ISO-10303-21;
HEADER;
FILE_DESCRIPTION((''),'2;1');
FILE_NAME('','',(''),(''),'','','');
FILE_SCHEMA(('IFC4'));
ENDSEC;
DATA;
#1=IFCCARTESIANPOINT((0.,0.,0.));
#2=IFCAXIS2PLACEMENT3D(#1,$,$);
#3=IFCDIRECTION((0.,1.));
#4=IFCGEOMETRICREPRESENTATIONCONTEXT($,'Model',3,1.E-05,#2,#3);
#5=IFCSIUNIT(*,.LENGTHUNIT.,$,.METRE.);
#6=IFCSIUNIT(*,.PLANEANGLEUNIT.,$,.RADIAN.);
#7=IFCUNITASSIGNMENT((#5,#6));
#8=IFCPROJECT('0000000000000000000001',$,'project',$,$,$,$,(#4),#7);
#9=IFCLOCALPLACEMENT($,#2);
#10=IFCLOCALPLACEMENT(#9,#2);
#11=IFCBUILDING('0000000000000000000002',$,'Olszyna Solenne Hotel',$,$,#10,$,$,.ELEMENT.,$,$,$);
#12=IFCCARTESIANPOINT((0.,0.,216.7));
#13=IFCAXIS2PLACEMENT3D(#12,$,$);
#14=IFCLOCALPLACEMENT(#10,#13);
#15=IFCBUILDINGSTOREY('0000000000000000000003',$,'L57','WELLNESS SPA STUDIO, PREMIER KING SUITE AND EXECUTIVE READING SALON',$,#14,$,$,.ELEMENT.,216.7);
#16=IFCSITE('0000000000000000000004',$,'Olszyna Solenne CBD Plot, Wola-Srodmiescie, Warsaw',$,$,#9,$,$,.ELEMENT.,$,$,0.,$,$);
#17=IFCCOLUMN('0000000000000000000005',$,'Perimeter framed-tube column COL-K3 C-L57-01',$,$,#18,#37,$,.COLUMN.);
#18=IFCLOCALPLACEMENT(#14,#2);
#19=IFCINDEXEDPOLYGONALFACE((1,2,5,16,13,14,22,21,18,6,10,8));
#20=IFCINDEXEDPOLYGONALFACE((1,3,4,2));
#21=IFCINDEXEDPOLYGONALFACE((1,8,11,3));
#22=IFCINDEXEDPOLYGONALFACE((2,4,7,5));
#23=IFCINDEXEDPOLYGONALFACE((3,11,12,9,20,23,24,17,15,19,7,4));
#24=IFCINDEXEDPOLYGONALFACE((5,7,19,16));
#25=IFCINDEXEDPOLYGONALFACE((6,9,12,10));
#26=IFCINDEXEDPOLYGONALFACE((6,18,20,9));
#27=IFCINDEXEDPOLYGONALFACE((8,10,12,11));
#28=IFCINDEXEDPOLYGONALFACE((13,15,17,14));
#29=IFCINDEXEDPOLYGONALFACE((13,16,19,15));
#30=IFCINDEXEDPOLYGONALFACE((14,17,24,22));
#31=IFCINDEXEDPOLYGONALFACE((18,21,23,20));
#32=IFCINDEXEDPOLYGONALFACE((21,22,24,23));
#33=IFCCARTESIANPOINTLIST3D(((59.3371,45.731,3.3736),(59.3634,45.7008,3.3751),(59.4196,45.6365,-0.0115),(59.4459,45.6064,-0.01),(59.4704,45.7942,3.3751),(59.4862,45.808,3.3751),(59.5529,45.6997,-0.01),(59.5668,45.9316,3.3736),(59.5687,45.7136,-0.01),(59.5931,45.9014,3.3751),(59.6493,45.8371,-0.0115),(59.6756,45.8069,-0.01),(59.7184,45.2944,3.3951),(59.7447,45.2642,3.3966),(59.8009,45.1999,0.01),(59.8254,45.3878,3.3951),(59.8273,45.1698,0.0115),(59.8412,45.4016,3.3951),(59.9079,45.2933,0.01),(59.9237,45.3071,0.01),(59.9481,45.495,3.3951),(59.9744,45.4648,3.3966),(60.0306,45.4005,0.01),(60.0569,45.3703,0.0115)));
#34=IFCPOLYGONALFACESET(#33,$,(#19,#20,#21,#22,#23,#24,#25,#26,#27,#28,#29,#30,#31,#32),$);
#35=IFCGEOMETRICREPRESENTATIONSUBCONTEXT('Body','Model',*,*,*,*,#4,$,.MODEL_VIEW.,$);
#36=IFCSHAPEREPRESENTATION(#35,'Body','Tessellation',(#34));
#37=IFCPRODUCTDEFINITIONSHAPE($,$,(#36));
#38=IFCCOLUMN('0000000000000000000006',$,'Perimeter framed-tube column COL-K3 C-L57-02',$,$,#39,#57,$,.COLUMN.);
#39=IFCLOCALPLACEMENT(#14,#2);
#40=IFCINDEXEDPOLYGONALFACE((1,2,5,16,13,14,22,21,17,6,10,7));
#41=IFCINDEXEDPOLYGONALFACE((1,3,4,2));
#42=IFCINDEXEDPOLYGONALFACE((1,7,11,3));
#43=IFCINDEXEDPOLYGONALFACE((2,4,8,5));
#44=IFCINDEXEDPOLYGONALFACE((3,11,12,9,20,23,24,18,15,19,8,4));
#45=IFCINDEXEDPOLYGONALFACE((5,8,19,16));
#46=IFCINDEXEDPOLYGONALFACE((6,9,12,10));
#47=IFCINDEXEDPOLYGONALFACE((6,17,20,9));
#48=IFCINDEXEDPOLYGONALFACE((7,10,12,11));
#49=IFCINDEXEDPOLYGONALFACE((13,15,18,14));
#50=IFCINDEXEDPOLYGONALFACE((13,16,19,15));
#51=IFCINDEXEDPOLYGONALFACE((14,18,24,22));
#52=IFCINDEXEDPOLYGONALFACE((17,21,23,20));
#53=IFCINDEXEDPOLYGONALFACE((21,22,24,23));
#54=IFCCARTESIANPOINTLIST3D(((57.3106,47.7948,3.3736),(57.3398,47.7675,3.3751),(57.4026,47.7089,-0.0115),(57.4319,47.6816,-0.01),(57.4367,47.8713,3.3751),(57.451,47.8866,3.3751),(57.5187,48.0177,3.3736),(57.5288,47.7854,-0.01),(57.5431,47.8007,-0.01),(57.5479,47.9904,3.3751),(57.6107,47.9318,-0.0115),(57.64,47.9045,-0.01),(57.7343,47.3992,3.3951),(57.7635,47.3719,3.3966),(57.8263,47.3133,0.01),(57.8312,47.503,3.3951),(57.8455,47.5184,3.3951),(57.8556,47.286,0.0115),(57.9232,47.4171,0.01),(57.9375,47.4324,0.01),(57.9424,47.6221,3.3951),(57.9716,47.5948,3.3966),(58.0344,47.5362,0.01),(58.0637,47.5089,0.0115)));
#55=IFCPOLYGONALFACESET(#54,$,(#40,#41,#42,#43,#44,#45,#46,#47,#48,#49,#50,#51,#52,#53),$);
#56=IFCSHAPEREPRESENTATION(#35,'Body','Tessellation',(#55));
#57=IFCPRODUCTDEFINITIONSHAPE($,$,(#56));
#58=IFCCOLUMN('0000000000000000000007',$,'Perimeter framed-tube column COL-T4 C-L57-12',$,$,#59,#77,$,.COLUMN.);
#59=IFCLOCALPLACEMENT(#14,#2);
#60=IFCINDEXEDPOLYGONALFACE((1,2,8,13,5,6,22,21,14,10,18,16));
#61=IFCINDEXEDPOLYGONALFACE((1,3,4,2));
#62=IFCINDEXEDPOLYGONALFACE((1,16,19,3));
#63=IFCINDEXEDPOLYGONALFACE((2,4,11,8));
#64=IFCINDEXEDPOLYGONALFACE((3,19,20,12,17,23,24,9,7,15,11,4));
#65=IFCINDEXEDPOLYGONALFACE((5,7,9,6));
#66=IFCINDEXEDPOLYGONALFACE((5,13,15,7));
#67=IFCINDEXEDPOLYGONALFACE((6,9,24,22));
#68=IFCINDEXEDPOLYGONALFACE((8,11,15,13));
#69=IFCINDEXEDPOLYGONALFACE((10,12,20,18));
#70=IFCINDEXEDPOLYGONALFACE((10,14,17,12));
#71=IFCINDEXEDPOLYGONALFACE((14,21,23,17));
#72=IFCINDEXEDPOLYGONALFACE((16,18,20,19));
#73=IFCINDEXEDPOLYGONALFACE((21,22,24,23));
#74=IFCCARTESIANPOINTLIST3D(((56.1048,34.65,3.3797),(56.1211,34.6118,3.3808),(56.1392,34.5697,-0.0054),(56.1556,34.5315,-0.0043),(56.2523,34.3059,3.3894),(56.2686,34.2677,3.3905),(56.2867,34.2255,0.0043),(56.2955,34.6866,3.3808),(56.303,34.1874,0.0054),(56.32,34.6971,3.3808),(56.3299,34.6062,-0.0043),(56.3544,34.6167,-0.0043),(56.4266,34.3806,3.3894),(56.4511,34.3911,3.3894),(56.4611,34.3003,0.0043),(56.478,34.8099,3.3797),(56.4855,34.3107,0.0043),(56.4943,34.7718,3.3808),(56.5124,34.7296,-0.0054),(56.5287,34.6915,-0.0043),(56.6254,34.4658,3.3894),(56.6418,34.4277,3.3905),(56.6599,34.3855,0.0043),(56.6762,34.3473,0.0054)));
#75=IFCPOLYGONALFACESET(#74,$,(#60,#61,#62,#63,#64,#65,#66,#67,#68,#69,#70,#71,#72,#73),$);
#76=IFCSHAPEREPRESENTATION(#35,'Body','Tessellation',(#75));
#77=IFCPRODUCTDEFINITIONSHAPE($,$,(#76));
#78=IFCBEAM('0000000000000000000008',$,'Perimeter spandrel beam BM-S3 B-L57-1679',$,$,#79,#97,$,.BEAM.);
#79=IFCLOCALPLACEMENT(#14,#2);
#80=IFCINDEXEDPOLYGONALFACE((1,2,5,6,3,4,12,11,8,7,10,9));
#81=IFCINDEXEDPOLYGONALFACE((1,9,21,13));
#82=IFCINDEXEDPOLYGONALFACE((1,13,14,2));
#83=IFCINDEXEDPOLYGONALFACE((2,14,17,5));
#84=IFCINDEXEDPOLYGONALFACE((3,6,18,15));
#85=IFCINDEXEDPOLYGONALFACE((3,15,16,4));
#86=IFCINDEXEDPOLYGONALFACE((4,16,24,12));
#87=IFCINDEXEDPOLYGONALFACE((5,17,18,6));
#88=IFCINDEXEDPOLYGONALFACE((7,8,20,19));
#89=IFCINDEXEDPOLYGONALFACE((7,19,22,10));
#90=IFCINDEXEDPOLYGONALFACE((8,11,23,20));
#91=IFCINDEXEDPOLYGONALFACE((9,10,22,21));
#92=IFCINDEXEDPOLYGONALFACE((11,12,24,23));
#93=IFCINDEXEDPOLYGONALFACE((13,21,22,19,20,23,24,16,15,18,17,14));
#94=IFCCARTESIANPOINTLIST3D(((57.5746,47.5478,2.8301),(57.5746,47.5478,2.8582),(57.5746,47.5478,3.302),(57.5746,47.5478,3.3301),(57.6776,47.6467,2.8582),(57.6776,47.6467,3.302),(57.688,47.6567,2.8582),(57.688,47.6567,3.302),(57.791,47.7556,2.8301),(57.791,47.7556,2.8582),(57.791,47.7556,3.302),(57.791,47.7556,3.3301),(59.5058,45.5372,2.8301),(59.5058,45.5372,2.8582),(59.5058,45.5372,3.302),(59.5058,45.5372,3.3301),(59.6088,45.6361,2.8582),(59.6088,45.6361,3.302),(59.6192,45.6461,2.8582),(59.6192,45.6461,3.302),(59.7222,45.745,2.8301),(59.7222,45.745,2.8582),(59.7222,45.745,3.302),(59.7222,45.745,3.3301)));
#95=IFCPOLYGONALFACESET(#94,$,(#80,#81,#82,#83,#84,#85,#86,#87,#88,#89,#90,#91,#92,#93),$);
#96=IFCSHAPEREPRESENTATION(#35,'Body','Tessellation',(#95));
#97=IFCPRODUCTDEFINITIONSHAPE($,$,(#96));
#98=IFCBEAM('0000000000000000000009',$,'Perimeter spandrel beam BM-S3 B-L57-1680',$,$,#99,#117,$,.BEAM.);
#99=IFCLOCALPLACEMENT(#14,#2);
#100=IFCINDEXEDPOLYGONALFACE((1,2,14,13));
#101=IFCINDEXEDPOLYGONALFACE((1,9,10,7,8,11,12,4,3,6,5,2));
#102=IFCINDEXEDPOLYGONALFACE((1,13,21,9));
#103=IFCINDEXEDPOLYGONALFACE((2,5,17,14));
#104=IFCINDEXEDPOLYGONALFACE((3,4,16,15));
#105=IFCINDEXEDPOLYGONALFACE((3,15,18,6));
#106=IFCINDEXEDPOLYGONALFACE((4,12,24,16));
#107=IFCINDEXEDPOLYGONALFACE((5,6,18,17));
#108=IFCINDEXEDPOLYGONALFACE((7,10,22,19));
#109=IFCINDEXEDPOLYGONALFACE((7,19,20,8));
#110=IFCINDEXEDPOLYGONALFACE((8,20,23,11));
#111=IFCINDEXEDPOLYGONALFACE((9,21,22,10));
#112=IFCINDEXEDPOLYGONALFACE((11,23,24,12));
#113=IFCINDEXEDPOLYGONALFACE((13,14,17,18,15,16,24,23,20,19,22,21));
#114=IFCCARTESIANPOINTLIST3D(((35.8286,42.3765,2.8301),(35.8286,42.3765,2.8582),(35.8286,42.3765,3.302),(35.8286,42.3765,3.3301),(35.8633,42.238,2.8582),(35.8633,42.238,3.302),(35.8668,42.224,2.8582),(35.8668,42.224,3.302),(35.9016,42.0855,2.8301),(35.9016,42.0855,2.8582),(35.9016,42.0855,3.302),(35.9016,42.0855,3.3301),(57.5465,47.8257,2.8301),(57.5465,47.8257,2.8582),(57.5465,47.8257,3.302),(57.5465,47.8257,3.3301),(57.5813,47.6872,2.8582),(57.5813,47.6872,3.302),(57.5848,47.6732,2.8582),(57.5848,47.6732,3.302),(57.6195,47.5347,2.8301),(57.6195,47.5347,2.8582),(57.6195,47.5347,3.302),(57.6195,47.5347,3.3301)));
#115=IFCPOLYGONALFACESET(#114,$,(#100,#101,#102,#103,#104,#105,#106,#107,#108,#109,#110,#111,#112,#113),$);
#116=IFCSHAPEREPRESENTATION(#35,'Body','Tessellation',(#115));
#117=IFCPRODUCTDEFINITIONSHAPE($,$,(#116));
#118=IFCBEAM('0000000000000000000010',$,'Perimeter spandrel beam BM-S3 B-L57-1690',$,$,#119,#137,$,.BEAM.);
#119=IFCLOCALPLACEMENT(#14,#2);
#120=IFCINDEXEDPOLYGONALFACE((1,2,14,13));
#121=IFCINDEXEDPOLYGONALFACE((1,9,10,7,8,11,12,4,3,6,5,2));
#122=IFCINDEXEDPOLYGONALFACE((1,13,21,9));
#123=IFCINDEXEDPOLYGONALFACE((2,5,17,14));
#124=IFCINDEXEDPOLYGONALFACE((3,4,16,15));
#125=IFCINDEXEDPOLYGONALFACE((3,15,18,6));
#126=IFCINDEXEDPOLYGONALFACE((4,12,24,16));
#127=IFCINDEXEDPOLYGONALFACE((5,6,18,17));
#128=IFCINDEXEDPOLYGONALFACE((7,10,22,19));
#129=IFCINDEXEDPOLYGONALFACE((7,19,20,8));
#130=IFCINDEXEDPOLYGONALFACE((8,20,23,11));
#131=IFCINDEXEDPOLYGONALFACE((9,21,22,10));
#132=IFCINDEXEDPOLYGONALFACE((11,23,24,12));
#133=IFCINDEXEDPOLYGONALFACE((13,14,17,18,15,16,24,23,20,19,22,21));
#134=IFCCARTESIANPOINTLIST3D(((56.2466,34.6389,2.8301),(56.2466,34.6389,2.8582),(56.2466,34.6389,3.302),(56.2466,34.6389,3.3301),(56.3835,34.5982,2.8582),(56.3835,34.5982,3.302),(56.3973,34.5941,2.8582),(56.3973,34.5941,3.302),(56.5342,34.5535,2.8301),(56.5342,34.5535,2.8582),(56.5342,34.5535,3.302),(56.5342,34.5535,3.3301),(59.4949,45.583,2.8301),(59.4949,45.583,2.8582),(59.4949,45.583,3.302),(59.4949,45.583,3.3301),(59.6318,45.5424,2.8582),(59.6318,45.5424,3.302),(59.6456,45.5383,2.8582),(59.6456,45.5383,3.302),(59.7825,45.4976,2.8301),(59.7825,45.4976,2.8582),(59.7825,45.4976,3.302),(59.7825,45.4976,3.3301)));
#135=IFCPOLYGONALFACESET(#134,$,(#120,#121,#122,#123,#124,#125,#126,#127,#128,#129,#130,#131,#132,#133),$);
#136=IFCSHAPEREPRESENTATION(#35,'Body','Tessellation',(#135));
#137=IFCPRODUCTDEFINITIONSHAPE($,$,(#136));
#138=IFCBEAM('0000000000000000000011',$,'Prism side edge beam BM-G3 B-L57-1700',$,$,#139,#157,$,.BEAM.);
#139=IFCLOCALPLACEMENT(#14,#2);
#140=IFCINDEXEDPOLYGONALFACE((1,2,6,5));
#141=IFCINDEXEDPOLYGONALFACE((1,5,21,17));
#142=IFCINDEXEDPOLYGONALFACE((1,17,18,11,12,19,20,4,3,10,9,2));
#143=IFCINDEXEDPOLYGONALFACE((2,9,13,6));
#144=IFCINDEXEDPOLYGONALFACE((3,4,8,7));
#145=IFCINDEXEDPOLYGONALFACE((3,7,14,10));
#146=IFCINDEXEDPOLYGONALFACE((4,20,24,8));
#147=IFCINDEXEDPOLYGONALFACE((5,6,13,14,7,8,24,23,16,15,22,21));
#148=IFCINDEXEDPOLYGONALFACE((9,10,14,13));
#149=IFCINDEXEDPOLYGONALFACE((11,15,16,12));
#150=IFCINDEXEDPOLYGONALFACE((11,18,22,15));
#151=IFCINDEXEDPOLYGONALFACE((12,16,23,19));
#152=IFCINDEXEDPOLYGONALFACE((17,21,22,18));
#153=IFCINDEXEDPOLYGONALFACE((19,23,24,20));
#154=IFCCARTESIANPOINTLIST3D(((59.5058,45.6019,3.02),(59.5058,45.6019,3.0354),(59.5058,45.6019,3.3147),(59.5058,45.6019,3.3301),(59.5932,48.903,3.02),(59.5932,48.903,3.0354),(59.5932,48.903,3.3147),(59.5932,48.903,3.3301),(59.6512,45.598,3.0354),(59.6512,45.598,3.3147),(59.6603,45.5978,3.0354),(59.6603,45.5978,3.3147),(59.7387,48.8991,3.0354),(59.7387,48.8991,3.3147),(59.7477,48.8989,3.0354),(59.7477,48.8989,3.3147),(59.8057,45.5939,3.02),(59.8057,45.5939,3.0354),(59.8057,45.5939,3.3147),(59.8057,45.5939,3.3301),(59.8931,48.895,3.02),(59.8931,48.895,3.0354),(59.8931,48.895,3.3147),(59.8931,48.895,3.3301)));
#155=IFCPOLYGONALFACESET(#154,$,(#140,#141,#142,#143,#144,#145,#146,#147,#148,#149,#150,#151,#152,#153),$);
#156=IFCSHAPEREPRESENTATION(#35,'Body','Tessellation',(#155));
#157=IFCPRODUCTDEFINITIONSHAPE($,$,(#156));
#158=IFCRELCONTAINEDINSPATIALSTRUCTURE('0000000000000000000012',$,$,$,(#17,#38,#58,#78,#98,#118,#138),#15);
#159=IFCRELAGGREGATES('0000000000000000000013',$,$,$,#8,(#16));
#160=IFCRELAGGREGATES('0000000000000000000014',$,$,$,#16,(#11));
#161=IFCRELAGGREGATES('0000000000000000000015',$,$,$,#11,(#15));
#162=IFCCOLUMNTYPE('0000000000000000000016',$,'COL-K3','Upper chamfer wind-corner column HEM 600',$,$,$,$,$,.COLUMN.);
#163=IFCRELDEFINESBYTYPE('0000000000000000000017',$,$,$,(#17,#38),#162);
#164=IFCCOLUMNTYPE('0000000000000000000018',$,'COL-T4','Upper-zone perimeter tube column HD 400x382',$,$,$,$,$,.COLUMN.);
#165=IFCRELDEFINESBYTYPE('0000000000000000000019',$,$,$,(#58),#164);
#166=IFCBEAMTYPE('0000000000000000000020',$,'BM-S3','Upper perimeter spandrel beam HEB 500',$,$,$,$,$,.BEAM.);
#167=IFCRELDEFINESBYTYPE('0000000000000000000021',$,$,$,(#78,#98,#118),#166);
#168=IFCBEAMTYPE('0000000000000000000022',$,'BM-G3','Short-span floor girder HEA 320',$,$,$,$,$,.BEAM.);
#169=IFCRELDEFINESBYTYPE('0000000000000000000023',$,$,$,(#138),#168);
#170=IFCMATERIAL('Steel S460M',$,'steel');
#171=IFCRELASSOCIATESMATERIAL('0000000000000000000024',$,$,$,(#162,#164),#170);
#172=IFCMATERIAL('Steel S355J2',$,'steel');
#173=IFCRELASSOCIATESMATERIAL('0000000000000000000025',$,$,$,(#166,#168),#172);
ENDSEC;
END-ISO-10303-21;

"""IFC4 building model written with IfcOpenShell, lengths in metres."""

from ifc_helpers import new_model, si_unit, direction, frame, origin, origin_2d, place, context, subcontext, project, spatial, i_section, extrude, source, transform, mapped, material, material_profile, profile_set, type_object, element, save


model = new_model("IFC4")

# Units and contexts
model_context = context("Model", 3, precision=1e-05, world=origin(), true_north=direction((0.0, 1.0)))
body_context = subcontext(model_context, "Body", "Model", "MODEL_VIEW")
ifc_project = project(units=[si_unit("LENGTHUNIT", "METRE"), si_unit("PLANEANGLEUNIT", "RADIAN")], contexts=[model_context])

# Site, building, storey
site_placement = place(None, origin())
site = spatial("IfcSite", under=ifc_project, at=site_placement, Name="Olszyna Solenne CBD Plot, Wola-Srodmiescie, Warsaw", CompositionType="ELEMENT", RefElevation=0.0)
building_placement = place(site_placement, origin())
building = spatial("IfcBuilding", under=site, at=building_placement, Name="Olszyna Solenne Hotel", CompositionType="ELEMENT")
storey_placement = place(building_placement, frame((0.0, 0.0, 216.7)))
storey = spatial("IfcBuildingStorey", under=building, at=storey_placement, Name="L57", Description="WELLNESS SPA STUDIO, PREMIER KING SUITE AND EXECUTIVE READING SALON", CompositionType="ELEMENT", Elevation=216.7)

# Columns
ifc_material_1 = material(Name="Steel S460M", Category="steel")
ifc_material_profile_1 = material_profile(ifc_material_1, i_section(OverallWidth=0.3049, OverallDepth=0.6201, WebThickness=0.021, FlangeThickness=0.04, at=origin_2d()), Name="HEM 600", Category="load-bearing")
ifc_profile_set_1 = profile_set([ifc_material_profile_1], Name="Steel S460M")
column_type_1 = type_object("IfcColumnType", Name="COL-K3", Description="Upper chamfer wind-corner column HEM 600", PredefinedType="COLUMN", material=ifc_profile_set_1)
shared_shape_1 = source(origin(), body_context, "Body", "SweptSolid", [
    extrude(i_section(OverallWidth=0.3049, OverallDepth=0.6201, WebThickness=0.021, FlangeThickness=0.04, at=origin_2d()), origin(), (0.0, 0.0, 1.0), 3.3875),
])
for number, where, z_axis, x_axis, name in (
    (1, (59.7383, 45.5034, 0.0), (-0.024361, 0.027893, 0.999314), (-0.753179, -0.657815, 0.0), "Perimeter framed-tube column COL-K3 C-L57-01"),
    (2, (57.7332, 47.6089, 0.0), (-0.027172, 0.02537, 0.999309), (-0.682456, -0.730926, 0.0), "Perimeter framed-tube column COL-K3 C-L57-02"),
):
    element("IfcColumn", number, at=place(storey_placement, frame(where, z_axis=z_axis, x_axis=x_axis)), inside=storey, type_object=column_type_1, Name=name, PredefinedType="COLUMN", context=body_context, shape_type="MappedRepresentation", body=[
        mapped(shared_shape_1, transform((0.0, 0.0, 0.0), x_axis=(1.0, 0.0, 0.0), y_axis=(0.0, 1.0, 0.0), z_axis=(0.0, 0.0, 1.0), scale=1.0)),
    ])
ifc_material_profile_2 = material_profile(ifc_material_1, i_section(OverallWidth=0.406, OverallDepth=0.416, WebThickness=0.0266, FlangeThickness=0.0415, at=origin_2d()), Name="HD 400x382", Category="load-bearing")
ifc_profile_set_2 = profile_set([ifc_material_profile_2], Name="Steel S460M")
column_type_2 = type_object("IfcColumnType", Name="COL-T4", Description="Upper-zone perimeter tube column HD 400x382", PredefinedType="COLUMN", material=ifc_profile_set_2)
shared_shape_2 = source(origin(), body_context, "Body", "SweptSolid", [
    extrude(i_section(OverallWidth=0.406, OverallDepth=0.416, WebThickness=0.0266, FlangeThickness=0.0415, at=origin_2d()), origin(), (0.0, 0.0, 1.0), 3.3862),
])
column_placement = place(storey_placement, frame((56.4077, 34.4585, 0.0), z_axis=(-0.010166, 0.023721, 0.999667), x_axis=(-0.919145, -0.393919, 0.0)))
element("IfcColumn", 3, at=column_placement, inside=storey, type_object=column_type_2, Name="Perimeter framed-tube column COL-T4 C-L57-12", PredefinedType="COLUMN", context=body_context, shape_type="MappedRepresentation", body=[
    mapped(shared_shape_2, transform((0.0, 0.0, 0.0), x_axis=(1.0, 0.0, 0.0), y_axis=(0.0, 1.0, 0.0), z_axis=(0.0, 0.0, 1.0), scale=1.0)),
])

# Beams
ifc_material_2 = material(Name="Steel S355J2", Category="steel")
ifc_material_profile_3 = material_profile(ifc_material_2, i_section(OverallWidth=0.3, OverallDepth=0.5, WebThickness=0.0144, FlangeThickness=0.0281, at=origin_2d()), Name="HEB 500", Category="load-bearing")
ifc_profile_set_3 = profile_set([ifc_material_profile_3], Name="Steel S355J2")
beam_type_1 = type_object("IfcBeamType", Name="BM-S3", Description="Upper perimeter spandrel beam HEB 500", PredefinedType="BEAM", material=ifc_profile_set_3)
shared_shape_3 = source(origin(), body_context, "Body", "SweptSolid", [
    extrude(i_section(OverallWidth=0.3, OverallDepth=0.5, WebThickness=0.0144, FlangeThickness=0.0281, at=origin_2d()), origin(), (0.0, 0.0, 1.0), 2.7878),
])
beam_1_placement = place(storey_placement, frame((59.614, 45.6411, 3.0801), z_axis=(-0.692732, 0.721195, 0.0), x_axis=(-0.721195, -0.692732, 0.0)))
element("IfcBeam", 4, at=beam_1_placement, inside=storey, type_object=beam_type_1, Name="Perimeter spandrel beam BM-S3 B-L57-1679", PredefinedType="BEAM", context=body_context, shape_type="MappedRepresentation", body=[
    mapped(shared_shape_3, transform((0.0, 0.0, 0.0), x_axis=(1.0, 0.0, 0.0), y_axis=(0.0, 1.0, 0.0), z_axis=(0.0, 0.0, 1.0), scale=1.0)),
])
shared_shape_4 = source(origin(), body_context, "Body", "SweptSolid", [
    extrude(i_section(OverallWidth=0.3, OverallDepth=0.5, WebThickness=0.0144, FlangeThickness=0.0281, at=origin_2d()), origin(), (0.0, 0.0, 1.0), 22.3911),
])
beam_2_placement = place(storey_placement, frame((57.583, 47.6802, 3.0801), z_axis=(-0.969935, -0.243364, 0.0), x_axis=(0.243364, -0.969935, 0.0)))
element("IfcBeam", 5, at=beam_2_placement, inside=storey, type_object=beam_type_1, Name="Perimeter spandrel beam BM-S3 B-L57-1680", PredefinedType="BEAM", context=body_context, shape_type="MappedRepresentation", body=[
    mapped(shared_shape_4, transform((0.0, 0.0, 0.0), x_axis=(1.0, 0.0, 0.0), y_axis=(0.0, 1.0, 0.0), z_axis=(0.0, 0.0, 1.0), scale=1.0)),
])
shared_shape_5 = source(origin(), body_context, "Body", "SweptSolid", [
    extrude(i_section(OverallWidth=0.3, OverallDepth=0.5, WebThickness=0.0144, FlangeThickness=0.0281, at=origin_2d()), origin(), (0.0, 0.0, 1.0), 11.416),
])
beam_3_placement = place(storey_placement, frame((56.3904, 34.5962, 3.0801), z_axis=(0.284539, 0.958664, 0.0), x_axis=(-0.958664, 0.284539, 0.0)))
element("IfcBeam", 6, at=beam_3_placement, inside=storey, type_object=beam_type_1, Name="Perimeter spandrel beam BM-S3 B-L57-1690", PredefinedType="BEAM", context=body_context, shape_type="MappedRepresentation", body=[
    mapped(shared_shape_5, transform((0.0, 0.0, 0.0), x_axis=(1.0, 0.0, 0.0), y_axis=(0.0, 1.0, 0.0), z_axis=(0.0, 0.0, 1.0), scale=1.0)),
])
ifc_material_profile_4 = material_profile(ifc_material_2, i_section(OverallWidth=0.3, OverallDepth=0.3101, WebThickness=0.009, FlangeThickness=0.0154, at=origin_2d()), Name="HEA 320", Category="load-bearing")
ifc_profile_set_4 = profile_set([ifc_material_profile_4], Name="Steel S355J2")
beam_type_2 = type_object("IfcBeamType", Name="BM-G3", Description="Short-span floor girder HEA 320", PredefinedType="BEAM", material=ifc_profile_set_4)
shared_shape_6 = source(origin(), body_context, "Body", "SweptSolid", [
    extrude(i_section(OverallWidth=0.3, OverallDepth=0.3101, WebThickness=0.009, FlangeThickness=0.0154, at=origin_2d()), origin(), (0.0, 0.0, 1.0), 3.3022),
])
beam_4_placement = place(storey_placement, frame((59.6558, 45.5979, 3.175), z_axis=(0.026468, 0.99965, 0.0), x_axis=(-0.99965, 0.026468, 0.0)))
element("IfcBeam", 7, at=beam_4_placement, inside=storey, type_object=beam_type_2, Name="Prism side edge beam BM-G3 B-L57-1700", PredefinedType="BEAM", context=body_context, shape_type="MappedRepresentation", body=[
    mapped(shared_shape_6, transform((0.0, 0.0, 0.0), x_axis=(1.0, 0.0, 0.0), y_axis=(0.0, 1.0, 0.0), z_axis=(0.0, 0.0, 1.0), scale=1.0)),
])

save(model, "model.ifc")
